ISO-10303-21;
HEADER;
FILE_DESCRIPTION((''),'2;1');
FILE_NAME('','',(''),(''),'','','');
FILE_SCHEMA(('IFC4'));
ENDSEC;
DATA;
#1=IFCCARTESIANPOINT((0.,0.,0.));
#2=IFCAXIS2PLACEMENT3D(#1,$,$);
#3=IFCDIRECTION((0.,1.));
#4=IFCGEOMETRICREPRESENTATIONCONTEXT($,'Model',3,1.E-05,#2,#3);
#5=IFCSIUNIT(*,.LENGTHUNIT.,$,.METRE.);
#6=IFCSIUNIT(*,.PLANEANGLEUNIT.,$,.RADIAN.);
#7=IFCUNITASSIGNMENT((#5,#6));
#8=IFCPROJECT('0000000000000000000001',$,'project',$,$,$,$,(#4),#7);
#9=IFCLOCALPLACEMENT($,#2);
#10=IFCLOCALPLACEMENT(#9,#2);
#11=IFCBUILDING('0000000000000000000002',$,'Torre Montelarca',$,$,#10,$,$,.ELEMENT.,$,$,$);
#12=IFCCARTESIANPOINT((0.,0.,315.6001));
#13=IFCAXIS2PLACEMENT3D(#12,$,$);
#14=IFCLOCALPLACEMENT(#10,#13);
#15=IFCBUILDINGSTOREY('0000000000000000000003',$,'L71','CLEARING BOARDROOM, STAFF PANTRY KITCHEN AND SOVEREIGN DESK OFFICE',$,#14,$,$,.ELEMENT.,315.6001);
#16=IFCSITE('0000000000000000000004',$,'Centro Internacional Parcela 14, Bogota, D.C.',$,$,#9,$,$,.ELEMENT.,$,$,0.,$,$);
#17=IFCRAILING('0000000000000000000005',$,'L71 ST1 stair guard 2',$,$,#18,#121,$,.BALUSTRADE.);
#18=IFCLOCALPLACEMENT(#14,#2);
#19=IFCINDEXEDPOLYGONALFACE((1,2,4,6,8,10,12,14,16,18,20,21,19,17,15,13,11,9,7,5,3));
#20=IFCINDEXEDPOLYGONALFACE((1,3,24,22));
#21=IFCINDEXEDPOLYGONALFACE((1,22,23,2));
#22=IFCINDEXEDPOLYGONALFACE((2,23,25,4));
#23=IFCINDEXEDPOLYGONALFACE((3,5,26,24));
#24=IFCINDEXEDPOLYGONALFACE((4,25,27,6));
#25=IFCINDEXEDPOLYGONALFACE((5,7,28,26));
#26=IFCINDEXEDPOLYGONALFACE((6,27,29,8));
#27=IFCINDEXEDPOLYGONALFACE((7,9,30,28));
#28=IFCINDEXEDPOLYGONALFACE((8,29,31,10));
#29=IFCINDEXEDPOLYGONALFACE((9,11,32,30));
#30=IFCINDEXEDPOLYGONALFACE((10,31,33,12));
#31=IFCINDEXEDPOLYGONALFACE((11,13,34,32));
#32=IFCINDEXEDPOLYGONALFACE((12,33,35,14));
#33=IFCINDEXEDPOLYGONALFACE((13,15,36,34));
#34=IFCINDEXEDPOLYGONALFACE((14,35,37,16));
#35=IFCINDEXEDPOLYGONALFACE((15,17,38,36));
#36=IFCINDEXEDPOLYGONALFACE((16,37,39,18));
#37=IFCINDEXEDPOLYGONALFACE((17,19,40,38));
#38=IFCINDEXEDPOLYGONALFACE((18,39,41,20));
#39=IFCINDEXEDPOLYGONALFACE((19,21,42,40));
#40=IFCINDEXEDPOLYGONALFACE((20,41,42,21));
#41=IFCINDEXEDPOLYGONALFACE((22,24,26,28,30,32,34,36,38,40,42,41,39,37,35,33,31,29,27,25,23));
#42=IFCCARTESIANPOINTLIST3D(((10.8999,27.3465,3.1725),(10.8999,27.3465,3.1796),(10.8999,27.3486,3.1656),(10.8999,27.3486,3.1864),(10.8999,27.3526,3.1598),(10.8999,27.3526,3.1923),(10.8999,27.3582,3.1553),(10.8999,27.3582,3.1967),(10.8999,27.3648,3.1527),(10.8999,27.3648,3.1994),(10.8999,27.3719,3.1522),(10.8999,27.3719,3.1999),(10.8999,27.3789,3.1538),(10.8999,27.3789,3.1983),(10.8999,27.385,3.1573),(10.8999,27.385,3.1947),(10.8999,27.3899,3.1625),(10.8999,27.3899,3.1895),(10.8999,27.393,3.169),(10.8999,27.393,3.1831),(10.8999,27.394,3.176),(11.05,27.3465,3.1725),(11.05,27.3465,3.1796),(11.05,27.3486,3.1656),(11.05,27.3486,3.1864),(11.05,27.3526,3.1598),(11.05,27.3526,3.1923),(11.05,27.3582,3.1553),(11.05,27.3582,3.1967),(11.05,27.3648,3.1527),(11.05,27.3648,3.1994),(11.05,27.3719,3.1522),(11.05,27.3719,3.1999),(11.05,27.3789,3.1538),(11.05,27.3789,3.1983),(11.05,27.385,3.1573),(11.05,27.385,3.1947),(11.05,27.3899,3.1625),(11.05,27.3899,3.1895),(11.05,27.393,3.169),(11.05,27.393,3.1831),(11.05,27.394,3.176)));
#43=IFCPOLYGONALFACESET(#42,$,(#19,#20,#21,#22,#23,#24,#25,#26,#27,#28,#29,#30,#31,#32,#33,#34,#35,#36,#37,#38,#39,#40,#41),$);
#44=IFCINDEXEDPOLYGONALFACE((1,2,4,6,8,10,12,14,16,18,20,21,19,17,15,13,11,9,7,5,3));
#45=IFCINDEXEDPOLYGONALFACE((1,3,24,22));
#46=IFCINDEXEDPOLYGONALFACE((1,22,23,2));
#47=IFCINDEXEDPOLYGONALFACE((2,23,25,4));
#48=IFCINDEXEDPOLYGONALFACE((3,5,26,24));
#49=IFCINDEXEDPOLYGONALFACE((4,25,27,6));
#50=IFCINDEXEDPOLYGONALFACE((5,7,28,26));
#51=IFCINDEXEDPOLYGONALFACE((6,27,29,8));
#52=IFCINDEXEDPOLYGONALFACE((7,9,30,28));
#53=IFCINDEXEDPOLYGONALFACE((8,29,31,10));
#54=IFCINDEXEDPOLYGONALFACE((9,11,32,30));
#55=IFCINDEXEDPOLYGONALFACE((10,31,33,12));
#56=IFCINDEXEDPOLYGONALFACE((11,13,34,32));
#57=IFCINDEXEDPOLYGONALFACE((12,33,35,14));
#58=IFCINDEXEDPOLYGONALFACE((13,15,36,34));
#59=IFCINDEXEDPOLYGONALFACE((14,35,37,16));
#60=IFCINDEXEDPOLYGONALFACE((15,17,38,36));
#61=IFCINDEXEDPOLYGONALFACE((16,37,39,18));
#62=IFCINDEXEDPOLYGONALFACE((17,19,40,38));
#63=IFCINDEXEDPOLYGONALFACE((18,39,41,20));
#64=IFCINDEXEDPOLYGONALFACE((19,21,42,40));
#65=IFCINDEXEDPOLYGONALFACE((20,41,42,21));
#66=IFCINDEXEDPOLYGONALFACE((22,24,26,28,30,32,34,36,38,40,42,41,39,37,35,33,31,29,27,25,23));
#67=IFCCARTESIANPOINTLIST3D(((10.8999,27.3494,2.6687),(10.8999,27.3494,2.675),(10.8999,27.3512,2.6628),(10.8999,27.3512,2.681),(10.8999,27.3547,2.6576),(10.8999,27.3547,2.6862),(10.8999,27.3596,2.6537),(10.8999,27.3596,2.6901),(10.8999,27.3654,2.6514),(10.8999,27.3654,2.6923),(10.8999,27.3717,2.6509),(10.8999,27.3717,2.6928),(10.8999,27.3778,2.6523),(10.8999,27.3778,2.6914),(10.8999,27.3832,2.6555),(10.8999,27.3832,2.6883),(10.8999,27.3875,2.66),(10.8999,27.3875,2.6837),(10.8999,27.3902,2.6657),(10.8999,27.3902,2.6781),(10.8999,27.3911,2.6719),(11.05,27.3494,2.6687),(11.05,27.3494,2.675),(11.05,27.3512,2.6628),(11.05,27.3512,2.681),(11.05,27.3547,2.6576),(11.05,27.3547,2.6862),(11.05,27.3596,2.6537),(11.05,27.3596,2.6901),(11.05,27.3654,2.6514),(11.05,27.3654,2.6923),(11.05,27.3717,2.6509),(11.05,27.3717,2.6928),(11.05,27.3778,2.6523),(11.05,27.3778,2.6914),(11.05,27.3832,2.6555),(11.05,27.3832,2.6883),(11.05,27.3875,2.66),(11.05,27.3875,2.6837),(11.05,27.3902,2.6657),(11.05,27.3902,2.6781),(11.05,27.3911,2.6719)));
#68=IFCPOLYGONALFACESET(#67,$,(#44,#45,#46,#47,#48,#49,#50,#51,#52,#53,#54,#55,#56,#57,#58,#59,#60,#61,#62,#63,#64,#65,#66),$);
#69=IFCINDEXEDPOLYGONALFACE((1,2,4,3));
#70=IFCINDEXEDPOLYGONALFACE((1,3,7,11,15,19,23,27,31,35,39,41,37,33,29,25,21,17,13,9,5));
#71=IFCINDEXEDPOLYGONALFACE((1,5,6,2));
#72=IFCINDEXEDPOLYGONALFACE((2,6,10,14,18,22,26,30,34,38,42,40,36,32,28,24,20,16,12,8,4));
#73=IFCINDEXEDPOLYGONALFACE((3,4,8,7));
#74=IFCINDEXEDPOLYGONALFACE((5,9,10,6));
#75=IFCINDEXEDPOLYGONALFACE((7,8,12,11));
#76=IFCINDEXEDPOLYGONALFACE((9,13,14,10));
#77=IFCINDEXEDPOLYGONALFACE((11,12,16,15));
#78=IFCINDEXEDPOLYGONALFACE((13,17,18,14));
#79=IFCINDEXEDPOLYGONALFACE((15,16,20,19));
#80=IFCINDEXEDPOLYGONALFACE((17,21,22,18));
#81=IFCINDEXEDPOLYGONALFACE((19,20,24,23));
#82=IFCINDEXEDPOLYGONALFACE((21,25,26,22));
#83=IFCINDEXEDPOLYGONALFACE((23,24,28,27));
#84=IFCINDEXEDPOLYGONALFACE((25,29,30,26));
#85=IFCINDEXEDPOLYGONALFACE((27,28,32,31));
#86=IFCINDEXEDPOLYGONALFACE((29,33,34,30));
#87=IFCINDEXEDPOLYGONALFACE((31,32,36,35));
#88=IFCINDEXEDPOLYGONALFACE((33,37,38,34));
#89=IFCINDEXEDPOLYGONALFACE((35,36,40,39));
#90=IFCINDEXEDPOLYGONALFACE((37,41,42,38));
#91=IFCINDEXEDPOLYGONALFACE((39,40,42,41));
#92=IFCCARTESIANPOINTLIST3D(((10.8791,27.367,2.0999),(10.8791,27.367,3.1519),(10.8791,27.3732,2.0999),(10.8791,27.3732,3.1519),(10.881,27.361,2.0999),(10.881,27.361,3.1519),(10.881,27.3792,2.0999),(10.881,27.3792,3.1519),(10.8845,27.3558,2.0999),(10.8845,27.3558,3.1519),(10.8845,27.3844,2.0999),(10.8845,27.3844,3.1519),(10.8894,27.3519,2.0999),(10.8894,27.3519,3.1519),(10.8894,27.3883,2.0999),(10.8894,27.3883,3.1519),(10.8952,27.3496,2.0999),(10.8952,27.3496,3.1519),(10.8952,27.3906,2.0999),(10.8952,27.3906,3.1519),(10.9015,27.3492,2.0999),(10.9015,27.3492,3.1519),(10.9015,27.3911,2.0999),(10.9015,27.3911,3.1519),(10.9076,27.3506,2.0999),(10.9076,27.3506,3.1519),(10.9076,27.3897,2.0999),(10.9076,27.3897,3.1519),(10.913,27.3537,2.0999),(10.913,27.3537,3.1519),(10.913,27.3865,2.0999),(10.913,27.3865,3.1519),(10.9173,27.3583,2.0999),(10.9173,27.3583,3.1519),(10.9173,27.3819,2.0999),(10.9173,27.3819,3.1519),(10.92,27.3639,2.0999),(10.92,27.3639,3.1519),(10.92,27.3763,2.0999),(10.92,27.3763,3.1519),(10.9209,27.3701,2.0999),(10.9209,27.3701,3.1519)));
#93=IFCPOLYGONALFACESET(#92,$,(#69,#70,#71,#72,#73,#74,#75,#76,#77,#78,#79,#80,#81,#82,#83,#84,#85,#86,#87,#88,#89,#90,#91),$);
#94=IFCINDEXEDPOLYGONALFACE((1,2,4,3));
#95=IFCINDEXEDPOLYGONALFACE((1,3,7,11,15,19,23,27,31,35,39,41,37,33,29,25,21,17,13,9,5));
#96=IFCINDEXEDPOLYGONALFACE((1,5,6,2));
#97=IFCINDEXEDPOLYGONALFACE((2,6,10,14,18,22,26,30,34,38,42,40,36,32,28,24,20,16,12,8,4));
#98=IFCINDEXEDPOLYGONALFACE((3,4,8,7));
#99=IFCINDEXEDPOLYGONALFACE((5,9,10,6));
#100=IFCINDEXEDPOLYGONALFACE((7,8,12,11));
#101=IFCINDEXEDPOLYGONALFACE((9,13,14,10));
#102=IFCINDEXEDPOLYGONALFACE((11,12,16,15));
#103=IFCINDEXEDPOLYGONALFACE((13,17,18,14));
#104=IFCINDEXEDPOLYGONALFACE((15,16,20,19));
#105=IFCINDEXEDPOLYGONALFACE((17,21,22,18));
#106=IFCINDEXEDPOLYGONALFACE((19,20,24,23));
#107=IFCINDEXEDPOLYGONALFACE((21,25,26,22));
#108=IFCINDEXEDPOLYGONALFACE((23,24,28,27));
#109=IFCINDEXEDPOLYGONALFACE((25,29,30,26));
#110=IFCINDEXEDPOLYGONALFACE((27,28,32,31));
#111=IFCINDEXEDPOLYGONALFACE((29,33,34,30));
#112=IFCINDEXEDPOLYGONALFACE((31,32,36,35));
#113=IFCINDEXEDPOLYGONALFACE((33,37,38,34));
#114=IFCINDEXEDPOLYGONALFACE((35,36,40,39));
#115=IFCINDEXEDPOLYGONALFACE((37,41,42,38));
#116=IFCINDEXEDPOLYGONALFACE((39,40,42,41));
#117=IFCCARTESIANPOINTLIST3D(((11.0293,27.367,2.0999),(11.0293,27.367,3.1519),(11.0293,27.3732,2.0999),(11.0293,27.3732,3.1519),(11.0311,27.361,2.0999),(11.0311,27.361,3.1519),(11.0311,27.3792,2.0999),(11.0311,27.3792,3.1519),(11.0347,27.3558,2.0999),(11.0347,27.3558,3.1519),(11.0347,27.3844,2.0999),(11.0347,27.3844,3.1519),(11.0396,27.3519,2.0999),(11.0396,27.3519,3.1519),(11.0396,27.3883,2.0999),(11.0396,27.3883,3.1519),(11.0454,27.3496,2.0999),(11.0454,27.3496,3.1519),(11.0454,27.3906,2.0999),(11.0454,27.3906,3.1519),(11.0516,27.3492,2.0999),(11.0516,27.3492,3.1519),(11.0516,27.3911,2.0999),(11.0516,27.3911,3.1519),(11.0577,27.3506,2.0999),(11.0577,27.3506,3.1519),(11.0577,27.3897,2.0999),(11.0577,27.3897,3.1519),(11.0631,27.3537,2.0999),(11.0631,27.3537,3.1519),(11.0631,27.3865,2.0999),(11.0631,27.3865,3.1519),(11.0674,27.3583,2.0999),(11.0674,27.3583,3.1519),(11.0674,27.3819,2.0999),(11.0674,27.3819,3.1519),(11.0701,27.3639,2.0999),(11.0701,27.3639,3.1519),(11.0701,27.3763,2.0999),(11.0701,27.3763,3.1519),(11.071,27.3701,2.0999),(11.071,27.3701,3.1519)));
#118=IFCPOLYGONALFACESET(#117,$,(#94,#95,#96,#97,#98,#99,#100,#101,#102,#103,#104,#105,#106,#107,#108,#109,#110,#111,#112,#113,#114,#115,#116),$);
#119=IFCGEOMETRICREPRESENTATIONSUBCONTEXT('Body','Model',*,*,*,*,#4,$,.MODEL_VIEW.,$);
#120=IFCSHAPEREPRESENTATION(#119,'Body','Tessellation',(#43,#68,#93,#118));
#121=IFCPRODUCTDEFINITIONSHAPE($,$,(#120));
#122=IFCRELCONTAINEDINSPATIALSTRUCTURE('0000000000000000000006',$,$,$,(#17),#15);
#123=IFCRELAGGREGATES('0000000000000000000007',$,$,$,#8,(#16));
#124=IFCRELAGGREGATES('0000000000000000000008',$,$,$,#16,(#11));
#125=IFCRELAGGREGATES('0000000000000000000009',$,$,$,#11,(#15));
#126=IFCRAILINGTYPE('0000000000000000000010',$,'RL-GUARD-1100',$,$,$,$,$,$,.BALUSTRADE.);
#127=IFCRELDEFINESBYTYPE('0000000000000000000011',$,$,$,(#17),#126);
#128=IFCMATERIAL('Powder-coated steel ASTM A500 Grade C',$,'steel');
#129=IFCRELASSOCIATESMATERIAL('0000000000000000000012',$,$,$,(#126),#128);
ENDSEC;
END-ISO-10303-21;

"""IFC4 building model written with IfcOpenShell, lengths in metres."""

from ifc_helpers import new_model, si_unit, direction, frame, origin, origin_2d, place, context, subcontext, project, spatial, circle, extrude, material, type_object, element, save


model = new_model("IFC4")

# Units and contexts
model_context = context("Model", 3, precision=1e-05, world=origin(), true_north=direction((0.0, 1.0)))
body_context = subcontext(model_context, "Body", "Model", "MODEL_VIEW")
ifc_project = project(units=[si_unit("LENGTHUNIT", "METRE"), si_unit("PLANEANGLEUNIT", "RADIAN")], contexts=[model_context])

# Site, building, storey
site_placement = place(None, origin())
site = spatial("IfcSite", under=ifc_project, at=site_placement, Name="Centro Internacional Parcela 14, Bogota, D.C.", CompositionType="ELEMENT", RefElevation=0.0)
building_placement = place(site_placement, origin())
building = spatial("IfcBuilding", under=site, at=building_placement, Name="Torre Montelarca", CompositionType="ELEMENT")
storey_placement = place(building_placement, frame((0.0, 0.0, 315.6001)))
storey = spatial("IfcBuildingStorey", under=building, at=storey_placement, Name="L71", Description="CLEARING BOARDROOM, STAFF PANTRY KITCHEN AND SOVEREIGN DESK OFFICE", CompositionType="ELEMENT", Elevation=315.6001)

# Railing
ifc_material_1 = material(Name="Powder-coated steel ASTM A500 Grade C", Category="steel")
railing_type_1 = type_object("IfcRailingType", Name="RL-GUARD-1100", PredefinedType="BALUSTRADE", material=ifc_material_1)
railing_1_placement = place(storey_placement, frame((10.8999, 27.3701, 2.0999)))
element("IfcRailing", 1, at=railing_1_placement, inside=storey, type_object=railing_type_1, Name="L71 ST1 stair guard 2", PredefinedType="BALUSTRADE", context=body_context, shape_type="SweptSolid", body=[
    extrude(circle(Radius=0.0239, at=origin_2d()), frame((0.0, 0.0, 1.0762), z_axis=(1.0, 0.0, 0.0), x_axis=(0.0, 1.0, 0.0)), (0.0, 0.0, 1.0), 0.1501),
    extrude(circle(Radius=0.021, at=origin_2d()), frame((0.0, 0.0, 0.572), z_axis=(1.0, 0.0, 0.0), x_axis=(0.0, 1.0, 0.0)), (0.0, 0.0, 1.0), 0.1501),
    extrude(circle(Radius=0.021, at=origin_2d()), origin(), (0.0, 0.0, 1.0), 1.052),
    extrude(circle(Radius=0.021, at=origin_2d()), frame((0.1501, 0.0, 0.0)), (0.0, 0.0, 1.0), 1.052),
])

save(model, "model.ifc")
